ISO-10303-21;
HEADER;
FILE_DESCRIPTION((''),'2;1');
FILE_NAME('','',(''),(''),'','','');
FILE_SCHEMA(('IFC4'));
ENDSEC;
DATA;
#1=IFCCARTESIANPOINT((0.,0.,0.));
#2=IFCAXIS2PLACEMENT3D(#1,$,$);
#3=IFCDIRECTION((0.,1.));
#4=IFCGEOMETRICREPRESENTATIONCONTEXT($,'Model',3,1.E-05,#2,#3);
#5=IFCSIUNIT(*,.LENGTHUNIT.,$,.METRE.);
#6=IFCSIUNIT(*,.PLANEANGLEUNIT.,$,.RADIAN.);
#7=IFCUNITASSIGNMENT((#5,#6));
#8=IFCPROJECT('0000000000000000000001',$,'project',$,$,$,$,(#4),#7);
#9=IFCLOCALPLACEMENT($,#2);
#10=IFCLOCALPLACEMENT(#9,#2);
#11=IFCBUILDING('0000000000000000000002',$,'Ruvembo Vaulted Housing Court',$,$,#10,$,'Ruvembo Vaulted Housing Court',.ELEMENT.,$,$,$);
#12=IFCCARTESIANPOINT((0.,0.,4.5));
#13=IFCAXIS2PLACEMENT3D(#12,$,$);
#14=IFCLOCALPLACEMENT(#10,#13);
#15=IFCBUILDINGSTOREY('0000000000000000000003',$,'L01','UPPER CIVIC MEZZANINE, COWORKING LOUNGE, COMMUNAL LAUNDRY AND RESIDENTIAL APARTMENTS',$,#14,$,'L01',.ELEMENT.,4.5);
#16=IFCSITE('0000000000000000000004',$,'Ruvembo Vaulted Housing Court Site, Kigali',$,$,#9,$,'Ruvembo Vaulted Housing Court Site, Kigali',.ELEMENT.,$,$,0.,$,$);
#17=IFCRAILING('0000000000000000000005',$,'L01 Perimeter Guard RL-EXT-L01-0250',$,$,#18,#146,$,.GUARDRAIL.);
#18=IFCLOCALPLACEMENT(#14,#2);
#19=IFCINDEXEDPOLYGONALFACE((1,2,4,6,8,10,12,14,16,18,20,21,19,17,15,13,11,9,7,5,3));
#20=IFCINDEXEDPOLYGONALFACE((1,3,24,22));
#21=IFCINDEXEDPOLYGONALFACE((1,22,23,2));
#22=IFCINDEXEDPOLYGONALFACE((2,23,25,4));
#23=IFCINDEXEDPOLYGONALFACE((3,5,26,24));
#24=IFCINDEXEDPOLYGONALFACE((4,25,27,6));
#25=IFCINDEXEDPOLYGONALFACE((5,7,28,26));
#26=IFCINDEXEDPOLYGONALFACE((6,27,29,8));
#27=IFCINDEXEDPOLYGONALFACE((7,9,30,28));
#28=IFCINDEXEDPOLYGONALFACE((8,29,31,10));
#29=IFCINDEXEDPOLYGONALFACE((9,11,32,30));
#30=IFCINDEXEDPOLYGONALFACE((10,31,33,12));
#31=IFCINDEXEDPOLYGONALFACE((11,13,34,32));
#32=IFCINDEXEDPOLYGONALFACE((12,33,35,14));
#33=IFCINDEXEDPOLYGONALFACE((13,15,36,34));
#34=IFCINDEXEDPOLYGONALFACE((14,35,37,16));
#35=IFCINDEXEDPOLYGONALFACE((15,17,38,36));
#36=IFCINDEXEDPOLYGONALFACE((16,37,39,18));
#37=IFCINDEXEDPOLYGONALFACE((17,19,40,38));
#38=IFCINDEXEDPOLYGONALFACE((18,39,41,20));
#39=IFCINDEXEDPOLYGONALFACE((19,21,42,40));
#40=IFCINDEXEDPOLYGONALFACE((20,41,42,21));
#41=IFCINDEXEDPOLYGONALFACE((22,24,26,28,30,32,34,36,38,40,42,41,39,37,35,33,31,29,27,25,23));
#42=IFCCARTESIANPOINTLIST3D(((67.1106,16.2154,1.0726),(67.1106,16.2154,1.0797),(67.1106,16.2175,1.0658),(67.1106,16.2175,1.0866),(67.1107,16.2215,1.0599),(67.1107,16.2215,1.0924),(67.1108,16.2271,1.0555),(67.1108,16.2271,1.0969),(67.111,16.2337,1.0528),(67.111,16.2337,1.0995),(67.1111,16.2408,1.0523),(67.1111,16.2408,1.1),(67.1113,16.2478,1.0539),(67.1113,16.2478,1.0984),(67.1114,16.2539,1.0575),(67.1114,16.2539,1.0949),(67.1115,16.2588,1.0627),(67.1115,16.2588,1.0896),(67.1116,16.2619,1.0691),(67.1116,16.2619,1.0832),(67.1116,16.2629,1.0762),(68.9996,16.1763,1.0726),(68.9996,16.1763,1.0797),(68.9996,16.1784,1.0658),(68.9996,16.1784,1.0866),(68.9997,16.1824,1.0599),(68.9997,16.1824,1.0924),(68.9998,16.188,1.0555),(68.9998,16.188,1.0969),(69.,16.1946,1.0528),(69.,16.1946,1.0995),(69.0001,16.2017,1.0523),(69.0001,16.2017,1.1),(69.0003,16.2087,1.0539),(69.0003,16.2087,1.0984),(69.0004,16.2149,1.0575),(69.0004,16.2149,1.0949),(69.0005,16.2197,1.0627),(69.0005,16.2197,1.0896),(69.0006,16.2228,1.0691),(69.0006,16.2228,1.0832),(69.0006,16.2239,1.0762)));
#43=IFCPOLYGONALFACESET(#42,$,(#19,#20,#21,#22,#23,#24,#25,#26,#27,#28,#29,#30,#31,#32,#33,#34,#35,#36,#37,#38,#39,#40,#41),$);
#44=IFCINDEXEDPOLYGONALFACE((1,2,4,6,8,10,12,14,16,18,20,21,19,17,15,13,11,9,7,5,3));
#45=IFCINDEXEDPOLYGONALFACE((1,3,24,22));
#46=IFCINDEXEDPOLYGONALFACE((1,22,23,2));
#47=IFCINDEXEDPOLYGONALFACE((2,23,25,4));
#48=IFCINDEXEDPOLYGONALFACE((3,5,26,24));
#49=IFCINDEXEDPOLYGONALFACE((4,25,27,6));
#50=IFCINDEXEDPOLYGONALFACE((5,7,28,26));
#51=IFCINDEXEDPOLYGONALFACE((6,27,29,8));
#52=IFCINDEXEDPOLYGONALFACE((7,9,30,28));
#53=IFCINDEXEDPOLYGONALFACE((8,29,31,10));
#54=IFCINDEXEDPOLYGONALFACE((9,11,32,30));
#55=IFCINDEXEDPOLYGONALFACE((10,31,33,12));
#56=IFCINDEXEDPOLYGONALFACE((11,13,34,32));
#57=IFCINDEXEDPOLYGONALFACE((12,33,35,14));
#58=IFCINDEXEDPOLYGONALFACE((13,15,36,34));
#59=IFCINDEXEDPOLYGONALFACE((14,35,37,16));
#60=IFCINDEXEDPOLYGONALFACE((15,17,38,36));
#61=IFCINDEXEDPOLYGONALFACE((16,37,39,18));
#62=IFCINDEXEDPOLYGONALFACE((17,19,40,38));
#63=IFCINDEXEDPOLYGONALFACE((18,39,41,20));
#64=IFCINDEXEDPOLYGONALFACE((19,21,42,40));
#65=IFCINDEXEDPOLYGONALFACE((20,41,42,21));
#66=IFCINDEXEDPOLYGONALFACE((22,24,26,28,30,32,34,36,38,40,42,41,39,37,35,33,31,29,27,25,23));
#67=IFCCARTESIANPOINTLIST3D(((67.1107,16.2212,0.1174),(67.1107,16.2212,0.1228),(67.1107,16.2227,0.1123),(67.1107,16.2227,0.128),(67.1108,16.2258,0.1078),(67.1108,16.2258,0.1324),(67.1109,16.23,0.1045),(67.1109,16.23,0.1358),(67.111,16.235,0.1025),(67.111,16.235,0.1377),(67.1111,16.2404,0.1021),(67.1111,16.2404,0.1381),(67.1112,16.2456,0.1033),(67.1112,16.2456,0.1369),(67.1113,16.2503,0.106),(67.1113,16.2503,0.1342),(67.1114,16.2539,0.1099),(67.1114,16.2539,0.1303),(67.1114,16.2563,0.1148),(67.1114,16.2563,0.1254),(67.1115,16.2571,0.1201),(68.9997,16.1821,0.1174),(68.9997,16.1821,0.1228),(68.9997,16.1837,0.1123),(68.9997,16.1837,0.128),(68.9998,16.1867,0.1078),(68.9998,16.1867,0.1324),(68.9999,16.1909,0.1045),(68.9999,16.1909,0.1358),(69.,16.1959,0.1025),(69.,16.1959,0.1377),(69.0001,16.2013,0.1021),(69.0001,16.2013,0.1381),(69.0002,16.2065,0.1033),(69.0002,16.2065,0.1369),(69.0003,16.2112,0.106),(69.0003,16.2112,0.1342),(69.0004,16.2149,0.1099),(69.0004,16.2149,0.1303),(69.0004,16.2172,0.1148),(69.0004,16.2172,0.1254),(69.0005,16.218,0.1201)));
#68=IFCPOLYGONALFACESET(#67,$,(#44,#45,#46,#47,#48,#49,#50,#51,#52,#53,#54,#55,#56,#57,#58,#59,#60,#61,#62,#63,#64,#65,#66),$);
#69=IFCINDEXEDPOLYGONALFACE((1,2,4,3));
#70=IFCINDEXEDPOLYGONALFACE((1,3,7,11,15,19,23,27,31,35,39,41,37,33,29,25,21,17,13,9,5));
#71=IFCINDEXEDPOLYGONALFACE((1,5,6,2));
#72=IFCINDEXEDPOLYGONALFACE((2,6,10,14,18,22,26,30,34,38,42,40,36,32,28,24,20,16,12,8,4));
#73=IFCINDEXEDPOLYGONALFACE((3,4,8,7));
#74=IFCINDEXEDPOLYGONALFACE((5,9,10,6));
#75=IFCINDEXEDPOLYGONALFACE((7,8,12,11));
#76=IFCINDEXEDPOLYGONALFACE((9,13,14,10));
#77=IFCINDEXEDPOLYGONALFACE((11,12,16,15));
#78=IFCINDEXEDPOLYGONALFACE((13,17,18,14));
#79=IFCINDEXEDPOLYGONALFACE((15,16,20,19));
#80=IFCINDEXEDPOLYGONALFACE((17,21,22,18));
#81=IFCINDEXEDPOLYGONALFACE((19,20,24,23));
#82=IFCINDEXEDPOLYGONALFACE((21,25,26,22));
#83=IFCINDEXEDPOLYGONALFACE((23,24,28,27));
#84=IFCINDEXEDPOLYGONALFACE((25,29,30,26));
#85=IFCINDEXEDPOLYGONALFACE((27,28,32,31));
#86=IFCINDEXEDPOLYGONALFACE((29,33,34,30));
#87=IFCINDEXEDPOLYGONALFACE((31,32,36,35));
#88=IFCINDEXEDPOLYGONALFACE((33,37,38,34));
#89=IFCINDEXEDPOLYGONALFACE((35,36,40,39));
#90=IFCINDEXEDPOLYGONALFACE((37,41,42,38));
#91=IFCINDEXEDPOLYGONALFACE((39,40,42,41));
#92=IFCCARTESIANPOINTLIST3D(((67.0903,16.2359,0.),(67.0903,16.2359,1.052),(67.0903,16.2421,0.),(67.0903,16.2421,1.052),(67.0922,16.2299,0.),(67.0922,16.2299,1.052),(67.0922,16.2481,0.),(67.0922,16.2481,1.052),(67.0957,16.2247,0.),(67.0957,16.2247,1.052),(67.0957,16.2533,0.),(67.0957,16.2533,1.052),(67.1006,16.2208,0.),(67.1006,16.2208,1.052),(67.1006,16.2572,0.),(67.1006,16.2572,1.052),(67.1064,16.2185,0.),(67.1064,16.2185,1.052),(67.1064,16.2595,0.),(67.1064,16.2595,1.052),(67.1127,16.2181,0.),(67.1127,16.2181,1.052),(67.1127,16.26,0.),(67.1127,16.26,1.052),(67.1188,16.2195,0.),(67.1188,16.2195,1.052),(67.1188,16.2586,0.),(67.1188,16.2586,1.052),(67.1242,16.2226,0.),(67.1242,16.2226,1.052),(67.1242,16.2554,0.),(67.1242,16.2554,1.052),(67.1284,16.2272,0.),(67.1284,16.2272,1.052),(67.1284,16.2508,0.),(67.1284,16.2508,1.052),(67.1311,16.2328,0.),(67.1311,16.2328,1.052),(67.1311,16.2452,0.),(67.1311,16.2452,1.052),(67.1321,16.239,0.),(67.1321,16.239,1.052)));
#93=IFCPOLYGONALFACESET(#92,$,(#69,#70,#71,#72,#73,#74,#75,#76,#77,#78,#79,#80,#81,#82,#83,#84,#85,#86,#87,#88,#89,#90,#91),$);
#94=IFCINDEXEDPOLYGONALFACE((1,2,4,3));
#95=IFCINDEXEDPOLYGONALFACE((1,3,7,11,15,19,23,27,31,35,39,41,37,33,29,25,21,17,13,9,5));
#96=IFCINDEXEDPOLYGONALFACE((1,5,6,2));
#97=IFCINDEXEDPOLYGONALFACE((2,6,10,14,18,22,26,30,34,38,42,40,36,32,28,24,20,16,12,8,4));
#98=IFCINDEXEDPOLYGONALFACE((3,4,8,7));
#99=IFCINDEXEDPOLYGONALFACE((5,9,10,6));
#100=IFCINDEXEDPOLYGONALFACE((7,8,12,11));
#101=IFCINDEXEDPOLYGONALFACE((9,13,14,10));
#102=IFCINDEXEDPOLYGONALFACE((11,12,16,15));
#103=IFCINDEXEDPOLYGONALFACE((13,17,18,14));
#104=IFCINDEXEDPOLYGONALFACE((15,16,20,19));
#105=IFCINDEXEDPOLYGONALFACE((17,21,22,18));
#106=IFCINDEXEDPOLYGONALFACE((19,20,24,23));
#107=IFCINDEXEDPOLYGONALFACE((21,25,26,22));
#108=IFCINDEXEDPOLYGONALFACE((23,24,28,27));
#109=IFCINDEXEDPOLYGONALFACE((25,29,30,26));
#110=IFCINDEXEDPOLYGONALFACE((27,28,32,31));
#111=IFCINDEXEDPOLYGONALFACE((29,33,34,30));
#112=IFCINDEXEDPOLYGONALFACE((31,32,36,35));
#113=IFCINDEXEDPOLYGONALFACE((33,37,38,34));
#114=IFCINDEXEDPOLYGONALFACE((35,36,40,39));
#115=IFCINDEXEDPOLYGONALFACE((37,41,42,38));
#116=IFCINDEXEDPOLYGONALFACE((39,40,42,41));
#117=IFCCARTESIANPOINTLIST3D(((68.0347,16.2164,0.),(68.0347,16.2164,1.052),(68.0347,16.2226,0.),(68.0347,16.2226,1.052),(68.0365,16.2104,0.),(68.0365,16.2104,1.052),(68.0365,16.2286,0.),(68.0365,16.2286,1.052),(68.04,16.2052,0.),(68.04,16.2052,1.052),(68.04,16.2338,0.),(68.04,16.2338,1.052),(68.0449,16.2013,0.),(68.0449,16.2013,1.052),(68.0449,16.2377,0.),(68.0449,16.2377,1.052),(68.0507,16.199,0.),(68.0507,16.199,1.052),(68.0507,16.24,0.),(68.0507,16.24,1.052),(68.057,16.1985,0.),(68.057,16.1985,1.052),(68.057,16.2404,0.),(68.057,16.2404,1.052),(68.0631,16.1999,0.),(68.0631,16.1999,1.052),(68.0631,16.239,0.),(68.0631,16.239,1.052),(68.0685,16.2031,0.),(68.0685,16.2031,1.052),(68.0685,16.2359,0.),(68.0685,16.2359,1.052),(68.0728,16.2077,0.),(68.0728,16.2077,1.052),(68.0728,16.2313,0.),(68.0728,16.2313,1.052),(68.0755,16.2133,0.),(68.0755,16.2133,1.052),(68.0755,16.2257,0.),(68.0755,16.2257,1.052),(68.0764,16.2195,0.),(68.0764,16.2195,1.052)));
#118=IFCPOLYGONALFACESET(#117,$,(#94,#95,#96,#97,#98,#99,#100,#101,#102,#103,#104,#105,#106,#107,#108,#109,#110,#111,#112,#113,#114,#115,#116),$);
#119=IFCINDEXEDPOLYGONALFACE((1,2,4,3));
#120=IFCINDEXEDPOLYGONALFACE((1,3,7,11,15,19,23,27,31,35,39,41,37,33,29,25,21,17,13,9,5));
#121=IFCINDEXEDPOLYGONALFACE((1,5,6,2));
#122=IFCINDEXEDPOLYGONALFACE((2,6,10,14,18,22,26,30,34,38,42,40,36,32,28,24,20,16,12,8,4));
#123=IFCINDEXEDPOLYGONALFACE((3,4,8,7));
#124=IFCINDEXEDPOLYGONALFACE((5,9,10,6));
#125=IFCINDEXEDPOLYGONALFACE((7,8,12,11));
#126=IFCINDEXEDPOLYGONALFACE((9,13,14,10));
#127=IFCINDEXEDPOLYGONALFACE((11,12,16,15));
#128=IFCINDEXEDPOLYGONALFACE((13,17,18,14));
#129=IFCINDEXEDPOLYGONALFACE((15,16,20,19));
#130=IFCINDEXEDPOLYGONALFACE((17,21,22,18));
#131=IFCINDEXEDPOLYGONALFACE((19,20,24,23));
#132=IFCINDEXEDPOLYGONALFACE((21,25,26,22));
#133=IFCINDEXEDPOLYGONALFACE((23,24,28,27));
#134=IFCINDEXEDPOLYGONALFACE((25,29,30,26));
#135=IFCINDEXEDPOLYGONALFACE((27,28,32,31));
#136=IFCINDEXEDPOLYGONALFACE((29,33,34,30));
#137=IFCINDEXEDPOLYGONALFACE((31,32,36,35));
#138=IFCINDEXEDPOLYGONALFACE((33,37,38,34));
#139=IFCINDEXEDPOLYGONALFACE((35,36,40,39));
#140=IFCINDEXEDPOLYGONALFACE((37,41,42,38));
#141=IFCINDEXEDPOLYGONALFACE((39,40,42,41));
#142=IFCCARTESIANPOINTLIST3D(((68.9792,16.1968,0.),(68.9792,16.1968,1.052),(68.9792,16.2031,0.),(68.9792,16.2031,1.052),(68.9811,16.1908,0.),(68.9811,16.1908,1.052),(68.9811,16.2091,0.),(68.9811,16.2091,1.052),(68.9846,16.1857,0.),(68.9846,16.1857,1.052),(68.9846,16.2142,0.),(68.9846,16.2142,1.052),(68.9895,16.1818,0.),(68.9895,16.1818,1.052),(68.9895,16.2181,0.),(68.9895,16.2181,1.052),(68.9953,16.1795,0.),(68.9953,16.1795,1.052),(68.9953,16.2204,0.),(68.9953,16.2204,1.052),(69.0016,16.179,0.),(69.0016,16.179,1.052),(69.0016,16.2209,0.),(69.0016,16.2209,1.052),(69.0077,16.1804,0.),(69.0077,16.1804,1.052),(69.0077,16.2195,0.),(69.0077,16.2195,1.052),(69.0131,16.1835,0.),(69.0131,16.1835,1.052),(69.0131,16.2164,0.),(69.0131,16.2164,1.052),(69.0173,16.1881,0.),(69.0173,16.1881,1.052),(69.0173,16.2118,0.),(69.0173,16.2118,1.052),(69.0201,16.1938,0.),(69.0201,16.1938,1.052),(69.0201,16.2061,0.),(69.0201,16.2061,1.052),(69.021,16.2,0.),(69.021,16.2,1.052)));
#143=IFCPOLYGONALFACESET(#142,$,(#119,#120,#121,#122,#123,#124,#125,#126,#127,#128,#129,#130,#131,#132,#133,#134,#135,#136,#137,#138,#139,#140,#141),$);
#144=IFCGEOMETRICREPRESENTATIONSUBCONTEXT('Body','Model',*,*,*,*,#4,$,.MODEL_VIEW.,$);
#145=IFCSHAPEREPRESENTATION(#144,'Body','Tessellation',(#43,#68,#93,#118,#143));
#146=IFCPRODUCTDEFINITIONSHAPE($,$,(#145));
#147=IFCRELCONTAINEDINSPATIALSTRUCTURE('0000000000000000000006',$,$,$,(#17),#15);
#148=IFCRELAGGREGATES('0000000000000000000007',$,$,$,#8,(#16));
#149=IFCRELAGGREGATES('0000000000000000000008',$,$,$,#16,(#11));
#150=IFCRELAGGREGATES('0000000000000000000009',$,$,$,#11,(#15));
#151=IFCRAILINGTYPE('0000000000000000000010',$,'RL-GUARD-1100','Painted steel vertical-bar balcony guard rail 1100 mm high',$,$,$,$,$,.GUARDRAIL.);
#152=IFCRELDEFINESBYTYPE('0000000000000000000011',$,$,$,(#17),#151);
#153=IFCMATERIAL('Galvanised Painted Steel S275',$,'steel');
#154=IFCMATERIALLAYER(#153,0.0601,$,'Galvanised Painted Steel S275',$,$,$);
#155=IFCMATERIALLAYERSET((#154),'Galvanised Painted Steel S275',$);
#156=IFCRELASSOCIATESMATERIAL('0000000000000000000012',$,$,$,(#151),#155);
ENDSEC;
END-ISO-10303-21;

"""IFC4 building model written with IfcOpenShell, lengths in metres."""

from ifc_helpers import new_model, si_unit, direction, frame, origin, origin_2d, place, context, subcontext, project, spatial, circle, extrude, material, layer, layer_set, type_object, element, save


model = new_model("IFC4")

# Units and contexts
model_context = context("Model", 3, precision=1e-05, world=origin(), true_north=direction((0.0, 1.0)))
body_context = subcontext(model_context, "Body", "Model", "MODEL_VIEW")
ifc_project = project(units=[si_unit("LENGTHUNIT", "METRE"), si_unit("PLANEANGLEUNIT", "RADIAN")], contexts=[model_context])

# Site, building, storey
site_placement = place(None, origin())
site = spatial("IfcSite", under=ifc_project, at=site_placement, Name="Ruvembo Vaulted Housing Court Site, Kigali", LongName="Ruvembo Vaulted Housing Court Site, Kigali", CompositionType="ELEMENT", RefElevation=0.0)
building_placement = place(site_placement, origin())
building = spatial("IfcBuilding", under=site, at=building_placement, Name="Ruvembo Vaulted Housing Court", LongName="Ruvembo Vaulted Housing Court", CompositionType="ELEMENT")
storey_placement = place(building_placement, frame((0.0, 0.0, 4.5)))
storey = spatial("IfcBuildingStorey", under=building, at=storey_placement, Name="L01", Description="UPPER CIVIC MEZZANINE, COWORKING LOUNGE, COMMUNAL LAUNDRY AND RESIDENTIAL APARTMENTS", LongName="L01", CompositionType="ELEMENT", Elevation=4.5)

# Railing
ifc_material_1 = material(Name="Galvanised Painted Steel S275", Category="steel")
ifc_layer = layer(ifc_material_1, 0.0601, Name="Galvanised Painted Steel S275")
ifc_layer_set = layer_set([ifc_layer], Name="Galvanised Painted Steel S275")
railing_type = type_object("IfcRailingType", Name="RL-GUARD-1100", Description="Painted steel vertical-bar balcony guard rail 1100 mm high", PredefinedType="GUARDRAIL", material=ifc_layer_set)
railing_1_placement = place(storey_placement, frame((67.1111, 16.239, 0.0)))
element("IfcRailing", 1, at=railing_1_placement, inside=storey, type_object=railing_type, Name="L01 Perimeter Guard RL-EXT-L01-0250", PredefinedType="GUARDRAIL", context=body_context, shape_type="SweptSolid", body=[
    extrude(circle(Radius=0.0239, at=origin_2d()), frame((0.0, 0.0, 1.0762), z_axis=(0.999786, -0.020675, 0.0), x_axis=(0.020675, 0.999786, 0.0)), (0.0, 0.0, 1.0), 1.8894),
    extrude(circle(Radius=0.0181, at=origin_2d()), frame((0.0, 0.0, 0.1201), z_axis=(0.999786, -0.020675, 0.0), x_axis=(0.020675, 0.999786, 0.0)), (0.0, 0.0, 1.0), 1.8894),
    extrude(circle(Radius=0.021, at=origin_2d()), origin(), (0.0, 0.0, 1.0), 1.052),
    extrude(circle(Radius=0.021, at=origin_2d()), frame((0.9443, -0.0195, 0.0)), (0.0, 0.0, 1.0), 1.052),
    extrude(circle(Radius=0.021, at=origin_2d()), frame((1.8889, -0.0391, 0.0)), (0.0, 0.0, 1.0), 1.052),
])

save(model, "model.ifc")
